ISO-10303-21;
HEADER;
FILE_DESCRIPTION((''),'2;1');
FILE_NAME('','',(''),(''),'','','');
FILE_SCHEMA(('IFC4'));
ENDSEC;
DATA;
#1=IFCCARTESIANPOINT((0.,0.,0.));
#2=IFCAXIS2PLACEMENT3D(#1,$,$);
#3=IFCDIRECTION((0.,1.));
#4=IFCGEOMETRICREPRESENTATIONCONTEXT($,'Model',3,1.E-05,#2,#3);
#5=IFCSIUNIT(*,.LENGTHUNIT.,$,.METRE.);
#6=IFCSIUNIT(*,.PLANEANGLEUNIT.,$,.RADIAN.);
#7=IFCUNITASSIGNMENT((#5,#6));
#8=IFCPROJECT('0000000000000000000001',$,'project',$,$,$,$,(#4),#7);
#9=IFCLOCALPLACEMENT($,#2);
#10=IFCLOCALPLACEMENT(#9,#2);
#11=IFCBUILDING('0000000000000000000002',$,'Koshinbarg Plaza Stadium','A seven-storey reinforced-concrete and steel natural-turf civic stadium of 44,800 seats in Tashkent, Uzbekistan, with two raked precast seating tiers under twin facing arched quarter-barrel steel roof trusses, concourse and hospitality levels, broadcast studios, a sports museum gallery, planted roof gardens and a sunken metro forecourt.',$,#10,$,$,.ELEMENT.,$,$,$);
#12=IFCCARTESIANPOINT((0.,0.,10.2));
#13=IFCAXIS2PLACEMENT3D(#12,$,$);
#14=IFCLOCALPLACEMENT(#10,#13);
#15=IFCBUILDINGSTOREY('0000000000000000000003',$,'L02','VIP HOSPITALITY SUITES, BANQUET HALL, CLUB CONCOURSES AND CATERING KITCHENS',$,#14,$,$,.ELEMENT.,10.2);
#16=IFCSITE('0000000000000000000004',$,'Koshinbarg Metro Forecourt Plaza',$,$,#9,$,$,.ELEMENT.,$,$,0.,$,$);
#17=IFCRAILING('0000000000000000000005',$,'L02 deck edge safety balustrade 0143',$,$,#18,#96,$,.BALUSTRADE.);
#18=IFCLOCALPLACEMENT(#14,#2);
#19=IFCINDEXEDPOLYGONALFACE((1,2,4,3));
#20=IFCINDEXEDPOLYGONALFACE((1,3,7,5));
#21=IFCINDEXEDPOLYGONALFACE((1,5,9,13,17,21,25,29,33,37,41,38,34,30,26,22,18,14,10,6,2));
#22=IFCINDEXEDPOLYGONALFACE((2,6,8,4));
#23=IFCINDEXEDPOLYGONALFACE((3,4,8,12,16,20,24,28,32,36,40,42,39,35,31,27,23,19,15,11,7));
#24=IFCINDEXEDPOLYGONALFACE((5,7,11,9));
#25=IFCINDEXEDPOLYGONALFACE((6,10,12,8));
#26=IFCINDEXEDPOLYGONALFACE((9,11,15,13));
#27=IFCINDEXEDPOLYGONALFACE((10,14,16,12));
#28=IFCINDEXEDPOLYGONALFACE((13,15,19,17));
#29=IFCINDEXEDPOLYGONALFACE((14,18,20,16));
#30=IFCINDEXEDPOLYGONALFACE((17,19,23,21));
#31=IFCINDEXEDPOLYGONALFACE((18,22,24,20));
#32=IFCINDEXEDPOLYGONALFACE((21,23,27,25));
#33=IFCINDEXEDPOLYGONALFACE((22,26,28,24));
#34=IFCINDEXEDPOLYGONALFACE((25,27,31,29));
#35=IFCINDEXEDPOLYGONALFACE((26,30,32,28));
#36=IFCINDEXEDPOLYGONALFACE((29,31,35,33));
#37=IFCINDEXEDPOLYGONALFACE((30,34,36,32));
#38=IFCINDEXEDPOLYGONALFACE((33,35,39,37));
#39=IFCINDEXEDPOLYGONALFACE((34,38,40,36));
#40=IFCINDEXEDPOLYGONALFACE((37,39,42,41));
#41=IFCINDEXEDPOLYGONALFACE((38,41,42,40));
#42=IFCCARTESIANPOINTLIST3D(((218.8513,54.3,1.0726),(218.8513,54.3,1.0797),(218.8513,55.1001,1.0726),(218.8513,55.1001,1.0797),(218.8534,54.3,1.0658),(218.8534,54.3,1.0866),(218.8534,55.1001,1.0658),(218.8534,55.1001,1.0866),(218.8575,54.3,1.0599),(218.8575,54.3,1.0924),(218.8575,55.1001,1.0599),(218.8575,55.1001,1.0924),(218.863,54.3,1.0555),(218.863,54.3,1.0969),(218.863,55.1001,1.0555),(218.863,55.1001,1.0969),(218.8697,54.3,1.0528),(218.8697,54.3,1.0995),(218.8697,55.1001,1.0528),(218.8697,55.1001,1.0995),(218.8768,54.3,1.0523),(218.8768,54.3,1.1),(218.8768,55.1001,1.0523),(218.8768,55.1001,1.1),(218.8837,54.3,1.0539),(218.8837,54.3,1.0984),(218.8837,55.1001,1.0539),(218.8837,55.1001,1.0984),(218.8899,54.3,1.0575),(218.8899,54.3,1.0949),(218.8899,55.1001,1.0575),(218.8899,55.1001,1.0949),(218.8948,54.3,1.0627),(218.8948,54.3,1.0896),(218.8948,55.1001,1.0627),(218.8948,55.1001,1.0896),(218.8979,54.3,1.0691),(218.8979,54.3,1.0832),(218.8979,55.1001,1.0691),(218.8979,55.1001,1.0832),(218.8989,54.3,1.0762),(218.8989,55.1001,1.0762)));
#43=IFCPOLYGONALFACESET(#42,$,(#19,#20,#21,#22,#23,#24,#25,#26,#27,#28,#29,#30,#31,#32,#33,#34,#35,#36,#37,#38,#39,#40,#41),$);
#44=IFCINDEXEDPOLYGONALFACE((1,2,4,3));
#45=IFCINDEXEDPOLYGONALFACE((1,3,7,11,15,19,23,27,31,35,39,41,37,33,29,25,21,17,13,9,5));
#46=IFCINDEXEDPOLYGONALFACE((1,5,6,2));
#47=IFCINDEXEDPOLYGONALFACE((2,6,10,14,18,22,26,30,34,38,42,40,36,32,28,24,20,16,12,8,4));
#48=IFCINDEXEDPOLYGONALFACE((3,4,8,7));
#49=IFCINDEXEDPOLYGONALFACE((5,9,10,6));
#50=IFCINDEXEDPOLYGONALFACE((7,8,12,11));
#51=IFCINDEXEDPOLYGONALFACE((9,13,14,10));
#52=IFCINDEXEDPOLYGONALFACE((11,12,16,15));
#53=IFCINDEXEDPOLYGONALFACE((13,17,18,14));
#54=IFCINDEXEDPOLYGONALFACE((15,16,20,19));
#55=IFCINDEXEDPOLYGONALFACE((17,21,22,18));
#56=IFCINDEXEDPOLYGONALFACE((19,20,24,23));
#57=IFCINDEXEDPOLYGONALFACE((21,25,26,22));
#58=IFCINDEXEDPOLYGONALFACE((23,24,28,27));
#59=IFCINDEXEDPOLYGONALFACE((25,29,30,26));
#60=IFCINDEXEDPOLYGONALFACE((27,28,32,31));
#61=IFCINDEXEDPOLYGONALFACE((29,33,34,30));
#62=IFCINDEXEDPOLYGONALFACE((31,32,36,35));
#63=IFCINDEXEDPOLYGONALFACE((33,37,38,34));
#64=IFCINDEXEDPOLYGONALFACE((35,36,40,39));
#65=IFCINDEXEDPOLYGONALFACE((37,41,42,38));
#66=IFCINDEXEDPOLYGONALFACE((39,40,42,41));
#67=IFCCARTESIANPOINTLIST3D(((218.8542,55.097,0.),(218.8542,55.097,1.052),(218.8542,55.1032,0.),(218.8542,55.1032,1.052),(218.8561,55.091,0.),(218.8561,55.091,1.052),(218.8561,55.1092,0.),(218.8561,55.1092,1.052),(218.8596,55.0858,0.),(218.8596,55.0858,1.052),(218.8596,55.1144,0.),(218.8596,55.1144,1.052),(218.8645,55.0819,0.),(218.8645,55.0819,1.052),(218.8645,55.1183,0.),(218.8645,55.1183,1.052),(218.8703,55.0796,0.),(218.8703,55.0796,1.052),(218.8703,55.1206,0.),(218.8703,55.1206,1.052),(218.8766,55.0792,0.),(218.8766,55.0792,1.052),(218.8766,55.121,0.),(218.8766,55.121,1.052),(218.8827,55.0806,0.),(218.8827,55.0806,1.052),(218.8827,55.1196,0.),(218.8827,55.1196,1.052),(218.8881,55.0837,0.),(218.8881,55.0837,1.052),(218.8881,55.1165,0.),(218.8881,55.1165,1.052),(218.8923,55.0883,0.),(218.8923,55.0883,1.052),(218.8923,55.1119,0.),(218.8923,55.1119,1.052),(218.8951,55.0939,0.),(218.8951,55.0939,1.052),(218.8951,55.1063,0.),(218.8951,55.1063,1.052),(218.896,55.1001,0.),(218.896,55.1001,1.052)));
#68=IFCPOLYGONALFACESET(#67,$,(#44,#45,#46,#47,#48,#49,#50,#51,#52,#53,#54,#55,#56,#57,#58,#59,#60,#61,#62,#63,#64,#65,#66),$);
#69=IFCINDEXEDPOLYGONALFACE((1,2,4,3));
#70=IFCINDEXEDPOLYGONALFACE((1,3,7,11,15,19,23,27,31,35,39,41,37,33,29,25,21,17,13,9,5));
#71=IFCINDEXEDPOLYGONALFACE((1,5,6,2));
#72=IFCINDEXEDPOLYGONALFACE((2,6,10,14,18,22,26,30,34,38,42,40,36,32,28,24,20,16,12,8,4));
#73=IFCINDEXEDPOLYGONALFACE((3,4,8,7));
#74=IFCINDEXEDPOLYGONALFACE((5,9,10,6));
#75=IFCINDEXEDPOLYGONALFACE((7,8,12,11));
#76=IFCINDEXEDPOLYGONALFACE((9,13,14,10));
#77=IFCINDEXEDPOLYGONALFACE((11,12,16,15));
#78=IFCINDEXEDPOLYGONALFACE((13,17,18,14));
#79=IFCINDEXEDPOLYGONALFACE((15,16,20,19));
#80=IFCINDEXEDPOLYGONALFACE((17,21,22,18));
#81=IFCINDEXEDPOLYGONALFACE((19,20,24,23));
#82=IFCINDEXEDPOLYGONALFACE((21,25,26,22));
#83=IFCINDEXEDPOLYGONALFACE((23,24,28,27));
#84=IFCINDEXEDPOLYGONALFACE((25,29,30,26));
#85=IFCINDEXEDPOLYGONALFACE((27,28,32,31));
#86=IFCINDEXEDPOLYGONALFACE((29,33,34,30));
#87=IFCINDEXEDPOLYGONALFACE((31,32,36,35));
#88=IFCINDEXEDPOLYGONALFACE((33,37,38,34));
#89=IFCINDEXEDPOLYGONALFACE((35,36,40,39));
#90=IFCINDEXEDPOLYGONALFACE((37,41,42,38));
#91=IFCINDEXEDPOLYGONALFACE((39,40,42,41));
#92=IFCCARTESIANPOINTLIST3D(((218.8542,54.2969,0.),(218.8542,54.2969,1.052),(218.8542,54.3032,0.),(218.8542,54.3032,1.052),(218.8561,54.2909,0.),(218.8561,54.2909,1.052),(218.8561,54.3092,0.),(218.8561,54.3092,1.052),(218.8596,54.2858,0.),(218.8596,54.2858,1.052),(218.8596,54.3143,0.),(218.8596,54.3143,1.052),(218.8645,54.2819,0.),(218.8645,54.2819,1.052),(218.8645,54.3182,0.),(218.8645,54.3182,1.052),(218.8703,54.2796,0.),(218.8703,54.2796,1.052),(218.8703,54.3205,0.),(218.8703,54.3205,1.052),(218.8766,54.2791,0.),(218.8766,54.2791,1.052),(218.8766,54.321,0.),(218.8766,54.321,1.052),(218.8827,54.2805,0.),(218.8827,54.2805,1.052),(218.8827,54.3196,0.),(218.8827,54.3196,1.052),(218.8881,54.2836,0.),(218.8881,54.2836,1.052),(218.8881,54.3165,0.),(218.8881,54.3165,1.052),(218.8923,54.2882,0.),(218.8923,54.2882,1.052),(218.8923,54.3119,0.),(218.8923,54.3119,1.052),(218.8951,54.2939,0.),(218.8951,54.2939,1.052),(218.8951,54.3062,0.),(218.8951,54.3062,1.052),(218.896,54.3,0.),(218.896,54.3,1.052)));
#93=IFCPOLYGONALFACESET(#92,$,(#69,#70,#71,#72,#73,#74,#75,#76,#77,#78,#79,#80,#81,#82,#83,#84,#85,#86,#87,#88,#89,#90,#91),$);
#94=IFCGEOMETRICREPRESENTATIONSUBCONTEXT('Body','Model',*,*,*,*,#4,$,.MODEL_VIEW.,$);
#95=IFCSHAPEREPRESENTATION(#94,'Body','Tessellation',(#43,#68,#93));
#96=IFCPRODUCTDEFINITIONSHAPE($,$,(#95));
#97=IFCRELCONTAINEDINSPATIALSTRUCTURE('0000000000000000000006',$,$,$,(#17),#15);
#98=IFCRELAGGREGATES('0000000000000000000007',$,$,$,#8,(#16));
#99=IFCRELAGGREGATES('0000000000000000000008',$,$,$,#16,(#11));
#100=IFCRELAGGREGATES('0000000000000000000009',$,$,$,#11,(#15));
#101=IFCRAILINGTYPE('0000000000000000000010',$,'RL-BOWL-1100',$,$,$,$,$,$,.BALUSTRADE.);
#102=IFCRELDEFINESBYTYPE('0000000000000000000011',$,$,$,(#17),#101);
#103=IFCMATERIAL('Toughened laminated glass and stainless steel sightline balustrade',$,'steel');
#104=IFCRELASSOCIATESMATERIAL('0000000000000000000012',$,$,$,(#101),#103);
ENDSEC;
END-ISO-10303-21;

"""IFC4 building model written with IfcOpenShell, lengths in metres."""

from ifc_helpers import new_model, si_unit, direction, frame, origin, origin_2d, place, context, subcontext, project, spatial, circle, extrude, material, type_object, element, save


model = new_model("IFC4")

# Units and contexts
model_context = context("Model", 3, precision=1e-05, world=origin(), true_north=direction((0.0, 1.0)))
body_context = subcontext(model_context, "Body", "Model", "MODEL_VIEW")
ifc_project = project(units=[si_unit("LENGTHUNIT", "METRE"), si_unit("PLANEANGLEUNIT", "RADIAN")], contexts=[model_context])

# Site, building, storey
site_placement = place(None, origin())
site = spatial("IfcSite", under=ifc_project, at=site_placement, Name="Koshinbarg Metro Forecourt Plaza", CompositionType="ELEMENT", RefElevation=0.0)
building_placement = place(site_placement, origin())
building = spatial("IfcBuilding", under=site, at=building_placement, Name="Koshinbarg Plaza Stadium", Description="A seven-storey reinforced-concrete and steel natural-turf civic stadium of 44,800 seats in Tashkent, Uzbekistan, with two raked precast seating tiers under twin facing arched quarter-barrel steel roof trusses, concourse and hospitality levels, broadcast studios, a sports museum gallery, planted roof gardens and a sunken metro forecourt.", CompositionType="ELEMENT")
storey_placement = place(building_placement, frame((0.0, 0.0, 10.2)))
storey = spatial("IfcBuildingStorey", under=building, at=storey_placement, Name="L02", Description="VIP HOSPITALITY SUITES, BANQUET HALL, CLUB CONCOURSES AND CATERING KITCHENS", CompositionType="ELEMENT", Elevation=10.2)

# Railing
ifc_material_1 = material(Name="Toughened laminated glass and stainless steel sightline balustrade", Category="steel")
railing_type = type_object("IfcRailingType", Name="RL-BOWL-1100", PredefinedType="BALUSTRADE", material=ifc_material_1)
railing_placement = place(storey_placement, frame((218.875, 55.1001, 0.0)))
element("IfcRailing", 1, at=railing_placement, inside=storey, type_object=railing_type, Name="L02 deck edge safety balustrade 0143", PredefinedType="BALUSTRADE", context=body_context, shape_type="SweptSolid", body=[
    extrude(circle(Radius=0.0239, at=origin_2d()), frame((0.0, 0.0, 1.0762), z_axis=(0.0, -1.0, 0.0), x_axis=(1.0, 0.0, 0.0)), (0.0, 0.0, 1.0), 0.8),
    extrude(circle(Radius=0.021, at=origin_2d()), origin(), (0.0, 0.0, 1.0), 1.052),
    extrude(circle(Radius=0.021, at=origin_2d()), frame((0.0, -0.8, 0.0)), (0.0, 0.0, 1.0), 1.052),
])

save(model, "model.ifc")
